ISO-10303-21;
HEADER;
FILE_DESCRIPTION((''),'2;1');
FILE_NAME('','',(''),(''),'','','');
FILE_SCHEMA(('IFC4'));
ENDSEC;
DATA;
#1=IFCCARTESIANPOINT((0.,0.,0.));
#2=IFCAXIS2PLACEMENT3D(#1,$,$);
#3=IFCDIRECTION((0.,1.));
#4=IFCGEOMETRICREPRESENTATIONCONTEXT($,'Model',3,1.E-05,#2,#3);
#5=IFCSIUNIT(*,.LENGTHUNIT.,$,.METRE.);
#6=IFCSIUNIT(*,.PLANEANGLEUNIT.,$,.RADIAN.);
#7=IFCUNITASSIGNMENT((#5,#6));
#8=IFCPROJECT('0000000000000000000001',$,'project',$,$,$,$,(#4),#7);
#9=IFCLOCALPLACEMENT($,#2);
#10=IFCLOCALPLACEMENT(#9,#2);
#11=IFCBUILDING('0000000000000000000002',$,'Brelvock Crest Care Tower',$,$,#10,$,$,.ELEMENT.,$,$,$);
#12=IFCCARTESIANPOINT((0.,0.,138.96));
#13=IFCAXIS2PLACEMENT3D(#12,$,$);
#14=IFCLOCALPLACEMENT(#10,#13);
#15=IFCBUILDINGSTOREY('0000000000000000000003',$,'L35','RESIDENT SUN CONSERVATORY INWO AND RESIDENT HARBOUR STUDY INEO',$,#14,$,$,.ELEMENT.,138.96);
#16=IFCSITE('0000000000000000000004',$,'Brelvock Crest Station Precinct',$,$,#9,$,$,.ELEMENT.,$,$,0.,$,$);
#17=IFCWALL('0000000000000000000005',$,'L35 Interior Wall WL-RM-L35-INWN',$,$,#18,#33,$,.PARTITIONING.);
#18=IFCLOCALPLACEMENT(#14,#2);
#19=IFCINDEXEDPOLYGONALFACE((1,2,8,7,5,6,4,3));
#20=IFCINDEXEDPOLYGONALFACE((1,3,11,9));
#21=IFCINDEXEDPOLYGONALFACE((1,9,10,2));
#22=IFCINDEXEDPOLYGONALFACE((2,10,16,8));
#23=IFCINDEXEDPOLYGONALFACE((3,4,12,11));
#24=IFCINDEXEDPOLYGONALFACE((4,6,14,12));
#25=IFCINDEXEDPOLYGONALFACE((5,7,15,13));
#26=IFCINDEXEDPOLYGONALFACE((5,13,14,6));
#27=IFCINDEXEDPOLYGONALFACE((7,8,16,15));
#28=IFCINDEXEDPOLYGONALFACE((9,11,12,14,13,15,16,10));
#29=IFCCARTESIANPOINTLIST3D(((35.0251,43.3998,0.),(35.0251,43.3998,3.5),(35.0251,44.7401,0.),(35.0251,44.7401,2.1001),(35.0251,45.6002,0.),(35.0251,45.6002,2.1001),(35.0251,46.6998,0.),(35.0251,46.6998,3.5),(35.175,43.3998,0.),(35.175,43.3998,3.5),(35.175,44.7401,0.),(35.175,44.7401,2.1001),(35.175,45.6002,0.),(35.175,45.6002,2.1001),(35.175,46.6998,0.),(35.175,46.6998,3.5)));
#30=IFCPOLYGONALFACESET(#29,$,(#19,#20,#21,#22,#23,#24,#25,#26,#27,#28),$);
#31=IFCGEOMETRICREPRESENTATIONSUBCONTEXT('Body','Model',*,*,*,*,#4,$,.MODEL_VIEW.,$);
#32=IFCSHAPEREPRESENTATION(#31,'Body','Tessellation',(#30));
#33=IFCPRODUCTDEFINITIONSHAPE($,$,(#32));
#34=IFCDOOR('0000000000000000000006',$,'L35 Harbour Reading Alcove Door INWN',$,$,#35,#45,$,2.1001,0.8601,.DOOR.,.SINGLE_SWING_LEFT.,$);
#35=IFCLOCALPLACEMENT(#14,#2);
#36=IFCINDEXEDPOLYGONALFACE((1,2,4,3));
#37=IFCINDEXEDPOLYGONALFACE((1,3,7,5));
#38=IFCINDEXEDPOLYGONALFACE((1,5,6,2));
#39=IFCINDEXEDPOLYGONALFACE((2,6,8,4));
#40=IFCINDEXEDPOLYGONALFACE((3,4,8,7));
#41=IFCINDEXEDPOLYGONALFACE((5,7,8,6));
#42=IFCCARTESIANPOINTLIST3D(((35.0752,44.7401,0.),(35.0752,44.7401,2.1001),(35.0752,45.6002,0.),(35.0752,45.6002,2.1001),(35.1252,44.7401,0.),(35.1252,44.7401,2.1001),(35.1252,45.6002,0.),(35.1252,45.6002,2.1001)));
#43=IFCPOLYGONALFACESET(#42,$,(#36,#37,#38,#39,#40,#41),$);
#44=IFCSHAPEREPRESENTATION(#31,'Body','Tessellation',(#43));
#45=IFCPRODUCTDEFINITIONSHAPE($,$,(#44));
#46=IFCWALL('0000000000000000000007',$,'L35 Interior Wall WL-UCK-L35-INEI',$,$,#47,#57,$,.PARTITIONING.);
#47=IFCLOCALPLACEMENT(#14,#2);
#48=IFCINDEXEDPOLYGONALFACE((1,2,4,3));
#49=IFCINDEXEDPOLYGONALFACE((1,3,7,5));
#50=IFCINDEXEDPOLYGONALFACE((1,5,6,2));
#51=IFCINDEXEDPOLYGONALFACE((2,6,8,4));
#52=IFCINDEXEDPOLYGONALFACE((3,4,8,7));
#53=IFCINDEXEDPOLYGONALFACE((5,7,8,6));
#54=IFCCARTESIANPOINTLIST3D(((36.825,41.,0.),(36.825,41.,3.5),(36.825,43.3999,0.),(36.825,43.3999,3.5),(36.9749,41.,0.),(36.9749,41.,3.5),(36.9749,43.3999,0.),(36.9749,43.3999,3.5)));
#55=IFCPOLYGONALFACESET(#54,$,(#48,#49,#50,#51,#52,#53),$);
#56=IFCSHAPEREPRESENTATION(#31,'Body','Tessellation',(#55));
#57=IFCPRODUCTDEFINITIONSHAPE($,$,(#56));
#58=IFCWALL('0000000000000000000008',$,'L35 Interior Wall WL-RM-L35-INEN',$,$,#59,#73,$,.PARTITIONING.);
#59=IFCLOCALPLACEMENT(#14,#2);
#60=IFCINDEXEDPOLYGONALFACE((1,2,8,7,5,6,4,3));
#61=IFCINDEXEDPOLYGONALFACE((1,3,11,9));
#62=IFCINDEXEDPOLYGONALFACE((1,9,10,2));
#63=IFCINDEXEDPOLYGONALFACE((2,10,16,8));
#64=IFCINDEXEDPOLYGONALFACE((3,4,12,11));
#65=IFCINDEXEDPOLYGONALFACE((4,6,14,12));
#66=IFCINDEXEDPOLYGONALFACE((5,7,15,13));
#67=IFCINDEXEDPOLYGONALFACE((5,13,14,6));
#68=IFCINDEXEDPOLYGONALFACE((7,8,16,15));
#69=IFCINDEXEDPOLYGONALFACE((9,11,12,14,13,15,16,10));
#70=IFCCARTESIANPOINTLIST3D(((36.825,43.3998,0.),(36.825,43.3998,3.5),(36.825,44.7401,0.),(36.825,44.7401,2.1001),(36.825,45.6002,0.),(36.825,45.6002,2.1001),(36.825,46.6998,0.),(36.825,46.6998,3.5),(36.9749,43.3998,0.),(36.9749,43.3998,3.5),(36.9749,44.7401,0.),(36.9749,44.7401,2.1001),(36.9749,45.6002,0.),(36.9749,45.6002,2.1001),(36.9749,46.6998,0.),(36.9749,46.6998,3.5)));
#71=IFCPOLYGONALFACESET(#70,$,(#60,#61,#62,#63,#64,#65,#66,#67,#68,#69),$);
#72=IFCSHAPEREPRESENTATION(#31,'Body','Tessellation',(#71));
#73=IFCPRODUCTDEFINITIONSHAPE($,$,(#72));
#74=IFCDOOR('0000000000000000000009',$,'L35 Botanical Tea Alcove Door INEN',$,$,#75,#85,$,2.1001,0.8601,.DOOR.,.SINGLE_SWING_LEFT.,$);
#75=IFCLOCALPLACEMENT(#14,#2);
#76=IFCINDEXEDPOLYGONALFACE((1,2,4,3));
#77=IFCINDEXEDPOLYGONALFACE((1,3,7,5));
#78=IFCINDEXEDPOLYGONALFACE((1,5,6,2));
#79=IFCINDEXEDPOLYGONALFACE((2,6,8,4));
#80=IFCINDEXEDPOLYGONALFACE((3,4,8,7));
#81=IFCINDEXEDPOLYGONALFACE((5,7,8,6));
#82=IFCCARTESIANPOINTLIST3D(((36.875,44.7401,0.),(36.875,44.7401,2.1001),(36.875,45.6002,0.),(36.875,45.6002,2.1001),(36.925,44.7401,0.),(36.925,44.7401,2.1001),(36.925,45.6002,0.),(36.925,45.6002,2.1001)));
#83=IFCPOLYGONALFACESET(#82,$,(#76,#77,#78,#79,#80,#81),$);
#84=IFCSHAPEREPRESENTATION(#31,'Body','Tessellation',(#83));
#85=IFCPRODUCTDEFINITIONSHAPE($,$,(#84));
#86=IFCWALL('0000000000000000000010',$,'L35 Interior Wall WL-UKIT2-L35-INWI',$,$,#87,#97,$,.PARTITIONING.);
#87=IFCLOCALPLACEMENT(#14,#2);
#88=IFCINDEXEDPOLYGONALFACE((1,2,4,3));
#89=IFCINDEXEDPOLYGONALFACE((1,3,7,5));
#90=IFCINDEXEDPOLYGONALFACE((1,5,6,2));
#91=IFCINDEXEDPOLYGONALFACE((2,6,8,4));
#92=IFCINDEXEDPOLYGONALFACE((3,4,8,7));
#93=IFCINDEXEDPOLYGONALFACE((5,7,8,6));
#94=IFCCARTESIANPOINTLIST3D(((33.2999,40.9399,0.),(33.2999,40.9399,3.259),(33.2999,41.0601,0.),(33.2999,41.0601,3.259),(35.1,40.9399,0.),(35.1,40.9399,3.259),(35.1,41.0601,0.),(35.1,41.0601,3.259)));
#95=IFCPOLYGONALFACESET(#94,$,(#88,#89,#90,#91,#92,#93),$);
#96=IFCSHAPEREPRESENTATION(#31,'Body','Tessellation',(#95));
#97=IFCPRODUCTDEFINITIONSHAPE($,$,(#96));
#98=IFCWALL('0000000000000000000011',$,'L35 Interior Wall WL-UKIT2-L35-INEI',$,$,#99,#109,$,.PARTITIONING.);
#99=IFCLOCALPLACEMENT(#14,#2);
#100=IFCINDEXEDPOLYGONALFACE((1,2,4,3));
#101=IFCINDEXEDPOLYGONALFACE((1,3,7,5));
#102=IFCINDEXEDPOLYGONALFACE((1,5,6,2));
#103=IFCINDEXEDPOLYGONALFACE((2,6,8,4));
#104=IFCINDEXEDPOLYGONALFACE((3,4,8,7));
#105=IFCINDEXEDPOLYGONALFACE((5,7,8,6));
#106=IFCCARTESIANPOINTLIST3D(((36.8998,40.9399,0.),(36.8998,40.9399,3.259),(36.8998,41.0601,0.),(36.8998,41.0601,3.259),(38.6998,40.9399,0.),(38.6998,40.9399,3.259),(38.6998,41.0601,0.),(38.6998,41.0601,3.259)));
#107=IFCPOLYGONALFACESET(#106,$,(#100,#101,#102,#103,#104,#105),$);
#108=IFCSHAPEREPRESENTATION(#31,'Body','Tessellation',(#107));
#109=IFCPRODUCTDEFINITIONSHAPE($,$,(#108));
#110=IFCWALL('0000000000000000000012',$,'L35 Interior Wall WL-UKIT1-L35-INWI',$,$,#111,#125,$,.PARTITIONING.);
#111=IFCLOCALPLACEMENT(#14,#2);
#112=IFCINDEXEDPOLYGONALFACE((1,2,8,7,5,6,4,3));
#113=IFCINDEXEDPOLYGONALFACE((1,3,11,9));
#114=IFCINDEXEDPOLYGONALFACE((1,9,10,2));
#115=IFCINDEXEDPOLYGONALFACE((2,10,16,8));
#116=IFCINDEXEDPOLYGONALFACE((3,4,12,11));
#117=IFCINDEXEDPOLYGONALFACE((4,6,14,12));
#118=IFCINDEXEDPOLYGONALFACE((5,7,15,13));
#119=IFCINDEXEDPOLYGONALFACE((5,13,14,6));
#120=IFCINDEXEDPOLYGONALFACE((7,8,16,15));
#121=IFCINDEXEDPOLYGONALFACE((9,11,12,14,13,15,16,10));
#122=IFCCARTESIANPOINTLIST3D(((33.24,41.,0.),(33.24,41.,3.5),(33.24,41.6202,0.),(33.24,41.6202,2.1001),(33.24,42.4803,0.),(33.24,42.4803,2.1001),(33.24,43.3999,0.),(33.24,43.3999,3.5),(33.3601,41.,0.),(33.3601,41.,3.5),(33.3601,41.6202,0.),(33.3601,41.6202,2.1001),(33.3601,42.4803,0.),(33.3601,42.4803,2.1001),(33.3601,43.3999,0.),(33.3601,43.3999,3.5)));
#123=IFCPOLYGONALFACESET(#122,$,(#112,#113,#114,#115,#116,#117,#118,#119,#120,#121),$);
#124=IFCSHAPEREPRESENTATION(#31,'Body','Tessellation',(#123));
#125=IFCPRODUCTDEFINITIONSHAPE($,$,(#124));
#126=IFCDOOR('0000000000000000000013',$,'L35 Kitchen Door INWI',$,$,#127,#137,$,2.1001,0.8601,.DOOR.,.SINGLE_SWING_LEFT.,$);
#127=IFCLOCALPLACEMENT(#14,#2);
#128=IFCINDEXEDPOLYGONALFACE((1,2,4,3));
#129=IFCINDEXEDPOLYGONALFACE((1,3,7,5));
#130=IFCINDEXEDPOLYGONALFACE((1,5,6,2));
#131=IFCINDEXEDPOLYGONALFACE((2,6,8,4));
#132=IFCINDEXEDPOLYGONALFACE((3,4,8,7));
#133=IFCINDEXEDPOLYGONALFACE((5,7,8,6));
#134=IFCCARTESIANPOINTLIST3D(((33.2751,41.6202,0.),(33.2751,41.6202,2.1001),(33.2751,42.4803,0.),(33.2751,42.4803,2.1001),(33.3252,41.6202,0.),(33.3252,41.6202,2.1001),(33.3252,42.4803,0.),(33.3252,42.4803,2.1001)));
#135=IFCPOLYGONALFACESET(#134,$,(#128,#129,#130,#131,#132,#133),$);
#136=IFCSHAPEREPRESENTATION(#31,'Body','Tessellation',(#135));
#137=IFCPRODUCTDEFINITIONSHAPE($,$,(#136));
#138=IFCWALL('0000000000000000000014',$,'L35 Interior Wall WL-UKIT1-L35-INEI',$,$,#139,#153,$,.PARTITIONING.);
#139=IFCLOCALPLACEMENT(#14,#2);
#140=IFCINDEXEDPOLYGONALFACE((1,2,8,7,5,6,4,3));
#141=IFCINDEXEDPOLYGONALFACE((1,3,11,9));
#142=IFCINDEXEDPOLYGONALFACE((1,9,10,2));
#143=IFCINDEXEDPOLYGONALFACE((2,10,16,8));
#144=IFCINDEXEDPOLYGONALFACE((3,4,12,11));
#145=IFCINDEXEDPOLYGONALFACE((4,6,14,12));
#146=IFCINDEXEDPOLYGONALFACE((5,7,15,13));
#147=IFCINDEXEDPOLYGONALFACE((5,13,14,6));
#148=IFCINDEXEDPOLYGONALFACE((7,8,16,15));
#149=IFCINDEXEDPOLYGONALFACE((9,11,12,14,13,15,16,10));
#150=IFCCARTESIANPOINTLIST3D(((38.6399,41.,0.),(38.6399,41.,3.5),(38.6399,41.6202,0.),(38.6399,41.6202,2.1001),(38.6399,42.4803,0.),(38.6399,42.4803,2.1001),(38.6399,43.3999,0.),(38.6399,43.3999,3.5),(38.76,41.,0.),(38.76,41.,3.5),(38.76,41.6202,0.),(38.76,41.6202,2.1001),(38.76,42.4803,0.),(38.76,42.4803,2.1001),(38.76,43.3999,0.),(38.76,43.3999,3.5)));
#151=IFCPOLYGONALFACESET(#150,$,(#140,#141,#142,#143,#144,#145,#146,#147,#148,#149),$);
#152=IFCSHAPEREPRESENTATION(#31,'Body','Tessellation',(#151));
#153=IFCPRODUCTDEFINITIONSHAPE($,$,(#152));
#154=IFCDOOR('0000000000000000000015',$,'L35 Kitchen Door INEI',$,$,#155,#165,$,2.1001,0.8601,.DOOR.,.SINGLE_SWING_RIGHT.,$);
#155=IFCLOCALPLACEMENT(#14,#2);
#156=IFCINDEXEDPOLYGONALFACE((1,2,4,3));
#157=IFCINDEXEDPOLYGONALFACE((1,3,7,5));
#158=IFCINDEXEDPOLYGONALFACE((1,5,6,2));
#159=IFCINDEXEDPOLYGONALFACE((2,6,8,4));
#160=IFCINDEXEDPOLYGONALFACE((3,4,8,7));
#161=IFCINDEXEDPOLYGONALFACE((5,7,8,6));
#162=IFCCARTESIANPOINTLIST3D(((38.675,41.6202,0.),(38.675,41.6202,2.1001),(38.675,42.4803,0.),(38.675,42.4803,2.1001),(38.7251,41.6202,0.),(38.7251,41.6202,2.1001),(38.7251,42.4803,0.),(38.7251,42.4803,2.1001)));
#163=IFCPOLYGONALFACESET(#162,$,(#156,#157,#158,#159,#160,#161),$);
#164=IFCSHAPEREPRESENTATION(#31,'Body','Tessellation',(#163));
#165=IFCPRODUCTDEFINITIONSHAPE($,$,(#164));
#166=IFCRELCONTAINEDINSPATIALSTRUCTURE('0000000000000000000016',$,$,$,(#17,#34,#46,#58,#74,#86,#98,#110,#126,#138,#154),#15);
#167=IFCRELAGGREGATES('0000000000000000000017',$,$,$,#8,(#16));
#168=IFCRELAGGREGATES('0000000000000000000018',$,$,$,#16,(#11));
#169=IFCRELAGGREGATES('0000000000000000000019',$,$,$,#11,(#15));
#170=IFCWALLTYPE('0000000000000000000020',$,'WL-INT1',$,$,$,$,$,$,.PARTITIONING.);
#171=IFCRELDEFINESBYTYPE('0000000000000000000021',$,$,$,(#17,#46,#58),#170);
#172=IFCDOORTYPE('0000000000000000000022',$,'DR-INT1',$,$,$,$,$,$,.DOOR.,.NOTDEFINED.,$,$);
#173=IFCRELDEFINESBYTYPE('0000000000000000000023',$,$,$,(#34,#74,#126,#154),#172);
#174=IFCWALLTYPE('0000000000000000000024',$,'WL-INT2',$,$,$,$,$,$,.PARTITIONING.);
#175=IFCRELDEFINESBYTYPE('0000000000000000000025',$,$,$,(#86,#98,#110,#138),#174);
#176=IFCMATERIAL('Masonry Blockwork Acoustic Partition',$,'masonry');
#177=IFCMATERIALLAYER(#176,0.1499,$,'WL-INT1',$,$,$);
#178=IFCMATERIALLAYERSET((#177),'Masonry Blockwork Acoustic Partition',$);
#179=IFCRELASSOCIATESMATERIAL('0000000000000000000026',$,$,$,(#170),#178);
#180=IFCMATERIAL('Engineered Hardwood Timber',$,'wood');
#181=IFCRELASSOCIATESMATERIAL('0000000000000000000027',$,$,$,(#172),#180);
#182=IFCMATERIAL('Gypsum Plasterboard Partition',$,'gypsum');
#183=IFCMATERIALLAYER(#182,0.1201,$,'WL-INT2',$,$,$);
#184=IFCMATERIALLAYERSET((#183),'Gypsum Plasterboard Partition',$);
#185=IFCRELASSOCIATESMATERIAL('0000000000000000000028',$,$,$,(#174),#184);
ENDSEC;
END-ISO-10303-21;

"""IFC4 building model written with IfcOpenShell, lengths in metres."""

from ifc_helpers import new_model, si_unit, direction, frame, frame_2d, origin, origin_2d, place, context, subcontext, project, spatial, rectangle, extrude, source, transform, mapped, material, layer, layer_set, type_object, element, fill, save


model = new_model("IFC4")

# Units and contexts
model_context = context("Model", 3, precision=1e-05, world=origin(), true_north=direction((0.0, 1.0)))
body_context = subcontext(model_context, "Body", "Model", "MODEL_VIEW")
ifc_project = project(units=[si_unit("LENGTHUNIT", "METRE"), si_unit("PLANEANGLEUNIT", "RADIAN")], contexts=[model_context])

# Site, building, storey
site_placement = place(None, origin())
site = spatial("IfcSite", under=ifc_project, at=site_placement, Name="Brelvock Crest Station Precinct", CompositionType="ELEMENT", RefElevation=0.0)
building_placement = place(site_placement, origin())
building = spatial("IfcBuilding", under=site, at=building_placement, Name="Brelvock Crest Care Tower", CompositionType="ELEMENT")
storey_placement = place(building_placement, frame((0.0, 0.0, 138.96)))
storey = spatial("IfcBuildingStorey", under=building, at=storey_placement, Name="L35", Description="RESIDENT SUN CONSERVATORY INWO AND RESIDENT HARBOUR STUDY INEO", CompositionType="ELEMENT", Elevation=138.96)

# Shared definitions
ifc_material_1 = material(Name="Masonry Blockwork Acoustic Partition", Category="masonry")
ifc_layer_1 = layer(ifc_material_1, 0.1499, Name="WL-INT1")
ifc_layer_set_1 = layer_set([ifc_layer_1], Name="Masonry Blockwork Acoustic Partition")
wall_type_1 = type_object("IfcWallType", Name="WL-INT1", PredefinedType="PARTITIONING", material=ifc_layer_set_1)

# Wall, opening, door
wall_1_placement = place(storey_placement, frame((35.1001, 43.3999, 0.0), z_axis=(0.0, 0.0, 1.0), x_axis=(0.0, 1.0, 0.0)))
wall_1 = element("IfcWall", 1, at=wall_1_placement, inside=storey, type_object=wall_type_1, Name="L35 Interior Wall WL-RM-L35-INWN", PredefinedType="PARTITIONING", context=body_context, shape_type="SweptSolid", body=[
    extrude(rectangle(XDim=3.3, YDim=0.1499, at=frame_2d((1.6499, 0.0))), origin(), (0.0, 0.0, 1.0), 3.5),
])
opening_1_placement = place(wall_1_placement, frame((1.3401, 0.0, 0.0)))
opening_1 = element("IfcOpeningElement", 2, at=opening_1_placement, cuts=wall_1, PredefinedType="OPENING", context=body_context, shape_type="SweptSolid", body=[
    extrude(rectangle(XDim=0.8601, YDim=2.1001, at=origin_2d()), frame((0.4302, 0.085, 1.05), z_axis=(0.0, -1.0, 0.0), x_axis=(1.0, 0.0, 0.0)), (0.0, 0.0, 1.0), 0.1699),
])
ifc_material_2 = material(Name="Engineered Hardwood Timber", Category="wood")
door_type = type_object("IfcDoorType", Name="DR-INT1", OperationType="NOTDEFINED", PredefinedType="DOOR", material=ifc_material_2)
shared_shape_1 = source(origin(), body_context, "Body", "SweptSolid", [
    extrude(rectangle(XDim=0.8601, YDim=2.1001, at=origin_2d()), frame((0.4302, 0.0249, 1.05), z_axis=(0.0, -1.0, 0.0), x_axis=(1.0, 0.0, 0.0)), (0.0, 0.0, 1.0), 0.05),
])
door_1_placement = place(opening_1_placement, origin())
door_1 = element("IfcDoor", 3, at=door_1_placement, inside=storey, type_object=door_type, Name="L35 Harbour Reading Alcove Door INWN", OperationType="SINGLE_SWING_LEFT", OverallHeight=2.1001, OverallWidth=0.8601, PredefinedType="DOOR", context=body_context, shape_type="MappedRepresentation", body=[
    mapped(shared_shape_1, transform((0.0, 0.0, 0.0), x_axis=(1.0, 0.0, 0.0), y_axis=(0.0, 1.0, 0.0), z_axis=(0.0, 0.0, 1.0), scale=1.0)),
])
fill(opening_1, door_1)

# Wall
wall_2_placement = place(storey_placement, frame((36.8999, 41.0, 0.0), z_axis=(0.0, 0.0, 1.0), x_axis=(0.0, 1.0, 0.0)))
element("IfcWall", 4, at=wall_2_placement, inside=storey, type_object=wall_type_1, Name="L35 Interior Wall WL-UCK-L35-INEI", PredefinedType="PARTITIONING", context=body_context, shape_type="SweptSolid", body=[
    extrude(rectangle(XDim=2.3999, YDim=0.1499, at=frame_2d((1.2, 0.0))), origin(), (0.0, 0.0, 1.0), 3.5),
])

# Wall, opening, door
wall_3_placement = place(storey_placement, frame((36.8999, 43.3999, 0.0), z_axis=(0.0, 0.0, 1.0), x_axis=(0.0, 1.0, 0.0)))
wall_3 = element("IfcWall", 5, at=wall_3_placement, inside=storey, type_object=wall_type_1, Name="L35 Interior Wall WL-RM-L35-INEN", PredefinedType="PARTITIONING", context=body_context, shape_type="SweptSolid", body=[
    extrude(rectangle(XDim=3.3, YDim=0.1499, at=frame_2d((1.6499, 0.0))), origin(), (0.0, 0.0, 1.0), 3.5),
])
opening_2_placement = place(wall_3_placement, frame((1.3401, 0.0, 0.0)))
opening_2 = element("IfcOpeningElement", 6, at=opening_2_placement, cuts=wall_3, PredefinedType="OPENING", context=body_context, shape_type="SweptSolid", body=[
    extrude(rectangle(XDim=0.8601, YDim=2.1001, at=origin_2d()), frame((0.4302, 0.085, 1.05), z_axis=(0.0, -1.0, 0.0), x_axis=(1.0, 0.0, 0.0)), (0.0, 0.0, 1.0), 0.1699),
])
door_2_placement = place(opening_2_placement, origin())
door_2 = element("IfcDoor", 7, at=door_2_placement, inside=storey, type_object=door_type, Name="L35 Botanical Tea Alcove Door INEN", OperationType="SINGLE_SWING_LEFT", OverallHeight=2.1001, OverallWidth=0.8601, PredefinedType="DOOR", context=body_context, shape_type="MappedRepresentation", body=[
    mapped(shared_shape_1, transform((0.0, 0.0, 0.0), x_axis=(1.0, 0.0, 0.0), y_axis=(0.0, 1.0, 0.0), z_axis=(0.0, 0.0, 1.0), scale=1.0)),
])
fill(opening_2, door_2)

# Walls
ifc_material_3 = material(Name="Gypsum Plasterboard Partition", Category="gypsum")
ifc_layer_2 = layer(ifc_material_3, 0.1201, Name="WL-INT2")
ifc_layer_set_2 = layer_set([ifc_layer_2], Name="Gypsum Plasterboard Partition")
wall_type_2 = type_object("IfcWallType", Name="WL-INT2", PredefinedType="PARTITIONING", material=ifc_layer_set_2)
for number, where, z_axis, x_axis, name in (
    (8, (33.3, 41.0, 0.0), (0.0, 0.0, 1.0), (1.0, 0.0, 0.0), "L35 Interior Wall WL-UKIT2-L35-INWI"),
    (9, (36.8999, 41.0, 0.0), (0.0, 0.0, 1.0), (1.0, 0.0, 0.0), "L35 Interior Wall WL-UKIT2-L35-INEI"),
):
    element("IfcWall", number, at=place(storey_placement, frame(where, z_axis=z_axis, x_axis=x_axis)), inside=storey, type_object=wall_type_2, Name=name, PredefinedType="PARTITIONING", context=body_context, shape_type="SweptSolid", body=[
        extrude(rectangle(XDim=1.8, YDim=0.1201, at=frame_2d((0.8999, 0.0))), origin(), (0.0, 0.0, 1.0), 3.259),
    ])

# Walls, openings, doors
wall_4_placement = place(storey_placement, frame((33.3, 41.0, 0.0), z_axis=(0.0, 0.0, 1.0), x_axis=(0.0, 1.0, 0.0)))
wall_4 = element("IfcWall", 10, at=wall_4_placement, inside=storey, type_object=wall_type_2, Name="L35 Interior Wall WL-UKIT1-L35-INWI", PredefinedType="PARTITIONING", context=body_context, shape_type="SweptSolid", body=[
    extrude(rectangle(XDim=2.3999, YDim=0.1201, at=frame_2d((1.2, 0.0))), origin(), (0.0, 0.0, 1.0), 3.5),
])
opening_3_placement = place(wall_4_placement, frame((0.6201, 0.0, 0.0)))
opening_3 = element("IfcOpeningElement", 11, at=opening_3_placement, cuts=wall_4, PredefinedType="OPENING", context=body_context, shape_type="SweptSolid", body=[
    extrude(rectangle(XDim=0.8601, YDim=2.1001, at=origin_2d()), frame((0.4302, 0.0701, 1.05), z_axis=(0.0, -1.0, 0.0), x_axis=(1.0, 0.0, 0.0)), (0.0, 0.0, 1.0), 0.1401),
])
door_3_placement = place(opening_3_placement, origin())
door_3 = element("IfcDoor", 12, at=door_3_placement, inside=storey, type_object=door_type, Name="L35 Kitchen Door INWI", OperationType="SINGLE_SWING_LEFT", OverallHeight=2.1001, OverallWidth=0.8601, PredefinedType="DOOR", context=body_context, shape_type="MappedRepresentation", body=[
    mapped(shared_shape_1, transform((0.0, 0.0, 0.0), x_axis=(1.0, 0.0, 0.0), y_axis=(0.0, 1.0, 0.0), z_axis=(0.0, 0.0, 1.0), scale=1.0)),
])
fill(opening_3, door_3)
wall_5_placement = place(storey_placement, frame((38.7, 41.0, 0.0), z_axis=(0.0, 0.0, 1.0), x_axis=(0.0, 1.0, 0.0)))
wall_5 = element("IfcWall", 13, at=wall_5_placement, inside=storey, type_object=wall_type_2, Name="L35 Interior Wall WL-UKIT1-L35-INEI", PredefinedType="PARTITIONING", context=body_context, shape_type="SweptSolid", body=[
    extrude(rectangle(XDim=2.3999, YDim=0.1201, at=frame_2d((1.2, 0.0))), origin(), (0.0, 0.0, 1.0), 3.5),
])
opening_4_placement = place(wall_5_placement, frame((0.6201, 0.0, 0.0)))
opening_4 = element("IfcOpeningElement", 14, at=opening_4_placement, cuts=wall_5, PredefinedType="OPENING", context=body_context, shape_type="SweptSolid", body=[
    extrude(rectangle(XDim=0.8601, YDim=2.1001, at=origin_2d()), frame((0.4302, 0.0701, 1.05), z_axis=(0.0, -1.0, 0.0), x_axis=(1.0, 0.0, 0.0)), (0.0, 0.0, 1.0), 0.1401),
])
door_4_placement = place(opening_4_placement, origin())
door_4 = element("IfcDoor", 15, at=door_4_placement, inside=storey, type_object=door_type, Name="L35 Kitchen Door INEI", OperationType="SINGLE_SWING_RIGHT", OverallHeight=2.1001, OverallWidth=0.8601, PredefinedType="DOOR", context=body_context, shape_type="MappedRepresentation", body=[
    mapped(shared_shape_1, transform((0.0, 0.0, 0.0), x_axis=(1.0, 0.0, 0.0), y_axis=(0.0, 1.0, 0.0), z_axis=(0.0, 0.0, 1.0), scale=1.0)),
])
fill(opening_4, door_4)

save(model, "model.ifc")
